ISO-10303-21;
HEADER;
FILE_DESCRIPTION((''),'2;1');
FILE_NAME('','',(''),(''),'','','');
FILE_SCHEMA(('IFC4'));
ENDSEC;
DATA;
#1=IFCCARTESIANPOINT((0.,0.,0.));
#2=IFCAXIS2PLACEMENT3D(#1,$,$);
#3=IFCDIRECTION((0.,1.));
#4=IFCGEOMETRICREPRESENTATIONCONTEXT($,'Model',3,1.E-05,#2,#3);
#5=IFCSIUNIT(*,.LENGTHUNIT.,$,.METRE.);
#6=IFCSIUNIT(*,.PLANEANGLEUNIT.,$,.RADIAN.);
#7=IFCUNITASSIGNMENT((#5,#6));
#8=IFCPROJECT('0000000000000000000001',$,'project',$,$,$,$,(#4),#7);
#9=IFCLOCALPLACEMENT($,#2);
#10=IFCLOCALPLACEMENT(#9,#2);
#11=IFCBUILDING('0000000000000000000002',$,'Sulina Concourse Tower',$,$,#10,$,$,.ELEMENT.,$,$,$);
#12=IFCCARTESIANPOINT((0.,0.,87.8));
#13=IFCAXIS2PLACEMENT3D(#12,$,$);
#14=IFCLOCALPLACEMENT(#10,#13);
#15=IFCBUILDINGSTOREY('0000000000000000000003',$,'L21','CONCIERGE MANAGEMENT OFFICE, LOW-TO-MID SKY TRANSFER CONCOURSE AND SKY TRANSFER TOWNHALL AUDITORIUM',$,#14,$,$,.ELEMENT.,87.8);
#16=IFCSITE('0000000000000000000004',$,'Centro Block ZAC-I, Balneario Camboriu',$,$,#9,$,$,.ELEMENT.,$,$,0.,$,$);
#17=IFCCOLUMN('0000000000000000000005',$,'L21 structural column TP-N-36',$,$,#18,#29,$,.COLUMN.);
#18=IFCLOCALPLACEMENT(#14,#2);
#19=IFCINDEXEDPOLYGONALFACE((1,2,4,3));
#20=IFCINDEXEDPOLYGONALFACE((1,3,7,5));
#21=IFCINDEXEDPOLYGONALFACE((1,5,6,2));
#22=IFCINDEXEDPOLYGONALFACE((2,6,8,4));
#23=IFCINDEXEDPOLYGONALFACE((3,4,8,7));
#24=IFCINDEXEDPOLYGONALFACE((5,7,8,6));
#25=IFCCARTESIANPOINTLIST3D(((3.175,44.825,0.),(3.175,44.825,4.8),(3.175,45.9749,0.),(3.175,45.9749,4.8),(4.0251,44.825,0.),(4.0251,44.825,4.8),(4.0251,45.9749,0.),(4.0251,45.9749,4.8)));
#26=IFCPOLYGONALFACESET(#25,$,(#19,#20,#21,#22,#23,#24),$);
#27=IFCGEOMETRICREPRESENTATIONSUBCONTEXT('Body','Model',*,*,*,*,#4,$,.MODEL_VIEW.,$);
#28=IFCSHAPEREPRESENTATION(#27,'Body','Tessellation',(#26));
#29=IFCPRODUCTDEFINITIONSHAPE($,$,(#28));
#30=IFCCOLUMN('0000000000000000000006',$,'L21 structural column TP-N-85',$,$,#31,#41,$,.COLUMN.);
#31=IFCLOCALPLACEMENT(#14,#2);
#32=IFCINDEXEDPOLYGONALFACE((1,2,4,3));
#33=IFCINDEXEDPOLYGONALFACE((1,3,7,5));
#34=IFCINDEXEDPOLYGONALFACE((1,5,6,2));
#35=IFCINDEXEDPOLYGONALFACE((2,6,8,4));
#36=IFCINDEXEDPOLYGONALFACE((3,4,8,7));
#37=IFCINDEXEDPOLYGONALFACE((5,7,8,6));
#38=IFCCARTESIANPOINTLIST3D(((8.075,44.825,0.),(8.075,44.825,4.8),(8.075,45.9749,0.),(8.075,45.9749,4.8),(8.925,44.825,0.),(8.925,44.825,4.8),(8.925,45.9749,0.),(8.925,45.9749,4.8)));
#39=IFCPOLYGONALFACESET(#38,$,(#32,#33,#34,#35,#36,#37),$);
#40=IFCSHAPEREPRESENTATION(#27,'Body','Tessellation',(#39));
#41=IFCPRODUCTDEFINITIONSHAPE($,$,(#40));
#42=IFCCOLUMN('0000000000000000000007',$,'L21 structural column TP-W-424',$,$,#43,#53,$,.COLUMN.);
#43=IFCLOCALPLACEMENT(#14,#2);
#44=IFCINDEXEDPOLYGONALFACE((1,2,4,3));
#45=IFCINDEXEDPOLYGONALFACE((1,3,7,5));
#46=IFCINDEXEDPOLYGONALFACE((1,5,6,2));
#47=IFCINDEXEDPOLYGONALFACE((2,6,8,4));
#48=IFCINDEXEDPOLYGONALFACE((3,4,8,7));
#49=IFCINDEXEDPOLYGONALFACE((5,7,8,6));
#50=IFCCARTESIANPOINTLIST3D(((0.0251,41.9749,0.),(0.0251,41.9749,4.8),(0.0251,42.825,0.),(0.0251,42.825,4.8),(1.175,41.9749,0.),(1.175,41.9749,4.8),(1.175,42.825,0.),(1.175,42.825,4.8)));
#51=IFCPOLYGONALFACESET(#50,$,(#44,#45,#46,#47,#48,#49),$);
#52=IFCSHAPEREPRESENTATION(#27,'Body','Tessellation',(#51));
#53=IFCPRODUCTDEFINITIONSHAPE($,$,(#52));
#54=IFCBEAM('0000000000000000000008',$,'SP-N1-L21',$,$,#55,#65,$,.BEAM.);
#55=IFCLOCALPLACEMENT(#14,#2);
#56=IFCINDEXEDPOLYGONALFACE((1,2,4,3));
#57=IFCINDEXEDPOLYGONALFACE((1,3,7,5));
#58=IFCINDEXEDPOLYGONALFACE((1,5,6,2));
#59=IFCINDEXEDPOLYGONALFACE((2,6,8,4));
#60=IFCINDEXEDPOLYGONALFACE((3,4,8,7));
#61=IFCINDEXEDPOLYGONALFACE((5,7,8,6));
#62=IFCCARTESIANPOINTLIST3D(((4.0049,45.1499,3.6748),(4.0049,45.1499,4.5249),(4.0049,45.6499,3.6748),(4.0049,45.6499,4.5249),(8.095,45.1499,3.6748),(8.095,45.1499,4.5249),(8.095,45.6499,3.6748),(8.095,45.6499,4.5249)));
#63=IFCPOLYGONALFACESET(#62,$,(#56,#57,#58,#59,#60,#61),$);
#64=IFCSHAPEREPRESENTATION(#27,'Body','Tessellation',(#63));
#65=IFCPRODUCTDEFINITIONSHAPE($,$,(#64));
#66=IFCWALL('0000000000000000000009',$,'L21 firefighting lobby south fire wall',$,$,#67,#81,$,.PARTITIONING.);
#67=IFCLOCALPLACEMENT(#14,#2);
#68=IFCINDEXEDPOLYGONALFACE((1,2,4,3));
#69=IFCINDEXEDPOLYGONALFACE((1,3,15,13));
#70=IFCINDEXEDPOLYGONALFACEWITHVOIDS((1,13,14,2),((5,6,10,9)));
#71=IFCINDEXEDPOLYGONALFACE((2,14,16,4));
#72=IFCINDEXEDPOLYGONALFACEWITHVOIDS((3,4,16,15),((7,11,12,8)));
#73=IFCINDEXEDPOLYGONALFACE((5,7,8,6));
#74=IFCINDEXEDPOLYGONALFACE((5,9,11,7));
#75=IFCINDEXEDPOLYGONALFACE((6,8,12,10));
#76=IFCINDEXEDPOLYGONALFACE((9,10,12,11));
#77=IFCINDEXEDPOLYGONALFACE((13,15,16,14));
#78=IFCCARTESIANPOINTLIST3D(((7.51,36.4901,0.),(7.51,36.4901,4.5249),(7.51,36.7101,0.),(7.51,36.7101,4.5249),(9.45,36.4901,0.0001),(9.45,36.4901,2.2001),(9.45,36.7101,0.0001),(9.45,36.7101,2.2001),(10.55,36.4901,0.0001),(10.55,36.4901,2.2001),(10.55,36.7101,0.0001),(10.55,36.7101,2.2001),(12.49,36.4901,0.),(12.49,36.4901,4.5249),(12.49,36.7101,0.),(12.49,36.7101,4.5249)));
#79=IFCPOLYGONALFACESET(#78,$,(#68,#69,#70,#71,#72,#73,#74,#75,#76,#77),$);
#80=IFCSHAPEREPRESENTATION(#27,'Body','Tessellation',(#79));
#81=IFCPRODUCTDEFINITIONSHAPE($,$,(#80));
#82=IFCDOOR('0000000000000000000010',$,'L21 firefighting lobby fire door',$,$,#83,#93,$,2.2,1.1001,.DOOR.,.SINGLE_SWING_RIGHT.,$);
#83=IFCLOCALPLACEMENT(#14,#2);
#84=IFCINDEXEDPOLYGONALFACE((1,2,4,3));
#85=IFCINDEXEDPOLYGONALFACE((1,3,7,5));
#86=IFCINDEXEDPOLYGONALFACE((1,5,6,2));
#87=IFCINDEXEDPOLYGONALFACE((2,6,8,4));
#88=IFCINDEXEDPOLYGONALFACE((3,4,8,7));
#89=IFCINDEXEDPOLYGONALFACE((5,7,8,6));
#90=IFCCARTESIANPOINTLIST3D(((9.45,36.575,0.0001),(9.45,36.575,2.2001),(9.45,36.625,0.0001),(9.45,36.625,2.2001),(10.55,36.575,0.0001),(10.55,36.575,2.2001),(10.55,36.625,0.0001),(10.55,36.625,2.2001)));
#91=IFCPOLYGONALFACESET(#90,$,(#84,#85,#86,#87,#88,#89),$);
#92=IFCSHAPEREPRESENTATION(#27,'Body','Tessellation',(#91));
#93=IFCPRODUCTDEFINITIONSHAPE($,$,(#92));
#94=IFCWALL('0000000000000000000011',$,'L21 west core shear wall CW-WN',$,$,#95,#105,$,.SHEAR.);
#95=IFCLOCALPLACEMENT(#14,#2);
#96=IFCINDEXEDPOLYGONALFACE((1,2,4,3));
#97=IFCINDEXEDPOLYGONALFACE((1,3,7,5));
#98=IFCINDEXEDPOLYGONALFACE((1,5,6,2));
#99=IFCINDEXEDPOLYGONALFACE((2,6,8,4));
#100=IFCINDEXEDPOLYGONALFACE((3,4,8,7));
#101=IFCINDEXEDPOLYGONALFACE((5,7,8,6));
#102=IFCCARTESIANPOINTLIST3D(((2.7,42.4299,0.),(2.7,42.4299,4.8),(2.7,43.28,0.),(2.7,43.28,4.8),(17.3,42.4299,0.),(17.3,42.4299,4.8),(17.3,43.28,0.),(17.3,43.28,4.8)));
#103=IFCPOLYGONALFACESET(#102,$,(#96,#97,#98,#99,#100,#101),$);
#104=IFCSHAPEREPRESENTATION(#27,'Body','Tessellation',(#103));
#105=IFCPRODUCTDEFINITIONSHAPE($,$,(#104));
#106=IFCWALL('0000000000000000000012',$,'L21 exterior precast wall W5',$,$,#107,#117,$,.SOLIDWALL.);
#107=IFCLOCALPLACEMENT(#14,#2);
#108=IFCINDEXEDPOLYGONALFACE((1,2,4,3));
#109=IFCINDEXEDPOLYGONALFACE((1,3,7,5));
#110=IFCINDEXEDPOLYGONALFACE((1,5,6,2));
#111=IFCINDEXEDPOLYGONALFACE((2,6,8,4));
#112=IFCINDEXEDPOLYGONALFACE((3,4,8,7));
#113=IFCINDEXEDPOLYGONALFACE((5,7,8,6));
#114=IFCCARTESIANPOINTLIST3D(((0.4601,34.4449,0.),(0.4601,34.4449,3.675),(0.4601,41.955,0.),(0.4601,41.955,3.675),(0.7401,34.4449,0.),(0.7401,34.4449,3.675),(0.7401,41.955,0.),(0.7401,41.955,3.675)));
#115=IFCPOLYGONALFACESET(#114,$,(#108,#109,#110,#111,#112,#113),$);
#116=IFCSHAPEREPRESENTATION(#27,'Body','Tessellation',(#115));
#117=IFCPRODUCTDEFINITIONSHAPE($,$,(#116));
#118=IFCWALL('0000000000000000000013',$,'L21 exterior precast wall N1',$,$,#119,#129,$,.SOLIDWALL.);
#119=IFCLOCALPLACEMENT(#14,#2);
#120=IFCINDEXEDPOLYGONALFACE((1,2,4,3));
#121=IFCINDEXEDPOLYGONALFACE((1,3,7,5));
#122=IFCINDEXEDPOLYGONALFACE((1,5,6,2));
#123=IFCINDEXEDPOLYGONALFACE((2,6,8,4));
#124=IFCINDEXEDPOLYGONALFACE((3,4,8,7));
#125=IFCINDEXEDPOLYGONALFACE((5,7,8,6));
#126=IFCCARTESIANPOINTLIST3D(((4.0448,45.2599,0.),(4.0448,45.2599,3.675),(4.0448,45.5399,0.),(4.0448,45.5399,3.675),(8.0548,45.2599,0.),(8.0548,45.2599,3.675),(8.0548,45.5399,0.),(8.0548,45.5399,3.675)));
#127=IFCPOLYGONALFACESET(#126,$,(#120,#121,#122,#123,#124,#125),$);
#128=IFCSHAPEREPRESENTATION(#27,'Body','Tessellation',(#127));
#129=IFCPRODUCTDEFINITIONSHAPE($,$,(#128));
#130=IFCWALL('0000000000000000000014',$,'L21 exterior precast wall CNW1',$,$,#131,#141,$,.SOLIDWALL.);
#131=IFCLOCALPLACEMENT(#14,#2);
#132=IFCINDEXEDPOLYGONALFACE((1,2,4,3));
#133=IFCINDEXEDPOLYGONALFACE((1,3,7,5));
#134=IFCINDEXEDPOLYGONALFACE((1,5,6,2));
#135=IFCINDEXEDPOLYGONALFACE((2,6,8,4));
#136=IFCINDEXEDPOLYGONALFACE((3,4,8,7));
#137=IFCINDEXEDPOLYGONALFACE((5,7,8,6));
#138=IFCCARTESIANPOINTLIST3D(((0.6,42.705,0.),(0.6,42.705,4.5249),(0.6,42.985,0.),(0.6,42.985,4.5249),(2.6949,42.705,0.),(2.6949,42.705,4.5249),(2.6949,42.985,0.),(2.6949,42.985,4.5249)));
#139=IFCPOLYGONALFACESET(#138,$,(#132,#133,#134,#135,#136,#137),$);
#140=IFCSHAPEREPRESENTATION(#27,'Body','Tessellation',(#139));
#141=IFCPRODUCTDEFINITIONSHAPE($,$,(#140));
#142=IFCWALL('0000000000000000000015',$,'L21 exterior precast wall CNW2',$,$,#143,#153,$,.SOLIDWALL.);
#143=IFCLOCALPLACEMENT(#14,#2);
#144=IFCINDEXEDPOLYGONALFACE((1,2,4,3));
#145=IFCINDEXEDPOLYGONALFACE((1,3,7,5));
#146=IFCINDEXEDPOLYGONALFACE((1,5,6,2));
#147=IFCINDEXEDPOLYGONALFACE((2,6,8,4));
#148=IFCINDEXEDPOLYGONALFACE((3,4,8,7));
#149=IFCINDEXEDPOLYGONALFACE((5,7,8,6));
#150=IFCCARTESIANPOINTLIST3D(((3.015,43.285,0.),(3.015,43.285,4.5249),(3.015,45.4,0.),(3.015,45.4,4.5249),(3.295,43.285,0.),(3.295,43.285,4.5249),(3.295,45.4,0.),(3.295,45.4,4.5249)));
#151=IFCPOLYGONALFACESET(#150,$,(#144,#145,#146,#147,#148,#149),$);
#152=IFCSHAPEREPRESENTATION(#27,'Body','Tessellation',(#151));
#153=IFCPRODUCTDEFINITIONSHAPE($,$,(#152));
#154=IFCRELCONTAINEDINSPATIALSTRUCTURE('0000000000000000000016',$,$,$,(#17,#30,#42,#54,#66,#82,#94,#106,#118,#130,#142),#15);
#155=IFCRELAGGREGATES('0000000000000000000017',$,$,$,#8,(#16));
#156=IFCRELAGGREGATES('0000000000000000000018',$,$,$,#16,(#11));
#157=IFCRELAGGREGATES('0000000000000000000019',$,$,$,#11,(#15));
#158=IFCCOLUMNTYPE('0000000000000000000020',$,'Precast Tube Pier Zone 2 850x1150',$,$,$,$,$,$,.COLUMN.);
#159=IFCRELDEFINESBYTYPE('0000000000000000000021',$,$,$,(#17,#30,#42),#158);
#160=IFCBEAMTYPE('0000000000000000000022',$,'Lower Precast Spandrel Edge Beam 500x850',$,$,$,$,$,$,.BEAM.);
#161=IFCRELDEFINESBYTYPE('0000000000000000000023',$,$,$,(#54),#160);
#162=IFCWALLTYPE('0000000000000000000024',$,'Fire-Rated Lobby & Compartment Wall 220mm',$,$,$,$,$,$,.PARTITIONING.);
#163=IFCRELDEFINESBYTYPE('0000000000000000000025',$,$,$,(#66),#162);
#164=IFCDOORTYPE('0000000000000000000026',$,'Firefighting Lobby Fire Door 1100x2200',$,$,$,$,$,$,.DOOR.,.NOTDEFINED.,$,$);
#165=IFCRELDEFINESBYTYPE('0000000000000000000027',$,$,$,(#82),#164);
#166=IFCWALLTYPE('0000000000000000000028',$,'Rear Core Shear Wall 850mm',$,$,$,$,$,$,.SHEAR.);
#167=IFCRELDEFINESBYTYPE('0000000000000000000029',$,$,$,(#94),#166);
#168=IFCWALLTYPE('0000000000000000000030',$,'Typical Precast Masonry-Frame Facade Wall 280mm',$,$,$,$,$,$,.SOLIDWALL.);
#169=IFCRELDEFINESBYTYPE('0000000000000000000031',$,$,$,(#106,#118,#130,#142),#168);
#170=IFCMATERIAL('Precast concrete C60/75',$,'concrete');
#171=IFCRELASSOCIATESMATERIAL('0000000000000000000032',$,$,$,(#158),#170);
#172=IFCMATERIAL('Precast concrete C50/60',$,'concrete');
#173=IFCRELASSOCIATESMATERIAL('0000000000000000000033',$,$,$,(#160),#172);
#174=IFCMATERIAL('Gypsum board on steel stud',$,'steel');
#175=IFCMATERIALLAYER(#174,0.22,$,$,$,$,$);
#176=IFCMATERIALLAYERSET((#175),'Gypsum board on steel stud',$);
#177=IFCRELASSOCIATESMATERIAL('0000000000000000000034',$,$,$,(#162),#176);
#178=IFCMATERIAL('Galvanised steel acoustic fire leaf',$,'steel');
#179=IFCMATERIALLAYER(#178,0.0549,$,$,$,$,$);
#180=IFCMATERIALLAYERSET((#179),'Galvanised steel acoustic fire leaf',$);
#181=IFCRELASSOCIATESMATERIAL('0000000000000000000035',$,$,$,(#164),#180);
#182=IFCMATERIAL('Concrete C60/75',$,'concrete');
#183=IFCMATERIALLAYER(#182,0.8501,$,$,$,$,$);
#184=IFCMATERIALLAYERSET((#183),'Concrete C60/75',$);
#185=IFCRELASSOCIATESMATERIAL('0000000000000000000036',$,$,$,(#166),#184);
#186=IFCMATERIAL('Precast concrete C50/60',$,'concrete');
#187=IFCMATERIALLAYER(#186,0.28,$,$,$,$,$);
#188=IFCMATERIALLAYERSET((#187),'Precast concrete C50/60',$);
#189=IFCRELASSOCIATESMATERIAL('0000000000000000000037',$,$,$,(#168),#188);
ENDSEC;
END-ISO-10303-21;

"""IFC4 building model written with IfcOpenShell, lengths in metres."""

from ifc_helpers import new_model, si_unit, direction, frame, frame_2d, origin, origin_2d, place, context, subcontext, project, spatial, rectangle, extrude, material, layer, layer_set, material_profile, profile_set, type_object, element, fill, save


model = new_model("IFC4")

# Units and contexts
model_context = context("Model", 3, precision=1e-05, world=origin(), true_north=direction((0.0, 1.0)))
body_context = subcontext(model_context, "Body", "Model", "MODEL_VIEW")
ifc_project = project(units=[si_unit("LENGTHUNIT", "METRE"), si_unit("PLANEANGLEUNIT", "RADIAN")], contexts=[model_context])

# Site, building, storey
site_placement = place(None, origin())
site = spatial("IfcSite", under=ifc_project, at=site_placement, Name="Centro Block ZAC-I, Balneario Camboriu", CompositionType="ELEMENT", RefElevation=0.0)
building_placement = place(site_placement, origin())
building = spatial("IfcBuilding", under=site, at=building_placement, Name="Sulina Concourse Tower", CompositionType="ELEMENT")
storey_placement = place(building_placement, frame((0.0, 0.0, 87.8)))
storey = spatial("IfcBuildingStorey", under=building, at=storey_placement, Name="L21", Description="CONCIERGE MANAGEMENT OFFICE, LOW-TO-MID SKY TRANSFER CONCOURSE AND SKY TRANSFER TOWNHALL AUDITORIUM", CompositionType="ELEMENT", Elevation=87.8)

# Columns
ifc_material_1 = material(Name="Precast concrete C60/75", Category="concrete")
ifc_material_profile_1 = material_profile(ifc_material_1, rectangle(XDim=0.8501, YDim=1.1499, at=origin_2d()), Name="PC 850x1150")
ifc_profile_set_1 = profile_set([ifc_material_profile_1], Name="Precast concrete C60/75")
column_type = type_object("IfcColumnType", Name="Precast Tube Pier Zone 2 850x1150", PredefinedType="COLUMN", material=ifc_profile_set_1)
for number, where, z_axis, x_axis, name in (
    (1, (3.6001, 45.3999, 0.0), (0.0, 0.0, 1.0), (1.0, 0.0, 0.0), "L21 structural column TP-N-36"),
    (2, (8.5, 45.3999, 0.0), (0.0, 0.0, 1.0), (1.0, 0.0, 0.0), "L21 structural column TP-N-85"),
    (3, (0.6001, 42.3999, 0.0), (0.0, 0.0, 1.0), (0.0, 1.0, 0.0), "L21 structural column TP-W-424"),
):
    element("IfcColumn", number, at=place(storey_placement, frame(where, z_axis=z_axis, x_axis=x_axis)), inside=storey, type_object=column_type, Name=name, PredefinedType="COLUMN", context=body_context, shape_type="SweptSolid", body=[
        extrude(rectangle(XDim=0.8501, YDim=1.1499, at=origin_2d()), origin(), (0.0, 0.0, 1.0), 4.8),
    ])

# Beam
ifc_material_2 = material(Name="Precast concrete C50/60", Category="concrete")
ifc_material_profile_2 = material_profile(ifc_material_2, rectangle(XDim=0.5, YDim=0.8501, at=origin_2d()), Name="RC 500x850")
ifc_profile_set_2 = profile_set([ifc_material_profile_2], Name="Precast concrete C50/60")
beam_type = type_object("IfcBeamType", Name="Lower Precast Spandrel Edge Beam 500x850", PredefinedType="BEAM", material=ifc_profile_set_2)
beam_placement = place(storey_placement, frame((4.0049, 45.3999, 4.0999), z_axis=(1.0, 0.0, 0.0), x_axis=(0.0, 1.0, 0.0)))
element("IfcBeam", 4, at=beam_placement, inside=storey, type_object=beam_type, Name="SP-N1-L21", PredefinedType="BEAM", context=body_context, shape_type="SweptSolid", body=[
    extrude(rectangle(XDim=0.5, YDim=0.8501, at=origin_2d()), origin(), (0.0, 0.0, 1.0), 4.0901),
])

# Wall, opening, door
ifc_material_3 = material(Name="Gypsum board on steel stud", Category="steel")
ifc_layer_1 = layer(ifc_material_3, 0.22)
ifc_layer_set_1 = layer_set([ifc_layer_1], Name="Gypsum board on steel stud")
wall_type_1 = type_object("IfcWallType", Name="Fire-Rated Lobby & Compartment Wall 220mm", PredefinedType="PARTITIONING", material=ifc_layer_set_1)
wall_1_placement = place(storey_placement, frame((7.51, 36.6001, 0.0), z_axis=(0.0, 0.0, 1.0), x_axis=(1.0, 0.0, 0.0)))
wall_1 = element("IfcWall", 5, at=wall_1_placement, inside=storey, type_object=wall_type_1, Name="L21 firefighting lobby south fire wall", PredefinedType="PARTITIONING", context=body_context, shape_type="SweptSolid", body=[
    extrude(rectangle(XDim=4.98, YDim=0.22, at=frame_2d((2.49, 0.0))), origin(), (0.0, 0.0, 1.0), 4.5249),
])
opening_placement = place(wall_1_placement, frame((1.9399, 0.0, 0.0)))
opening = element("IfcOpeningElement", 6, at=opening_placement, cuts=wall_1, PredefinedType="OPENING", context=body_context, shape_type="SweptSolid", body=[
    extrude(rectangle(XDim=1.1001, YDim=2.2, at=frame_2d((0.55, 1.1001))), frame((0.0, 0.1199, 0.0), z_axis=(0.0, -1.0, 0.0), x_axis=(1.0, 0.0, 0.0)), (0.0, 0.0, 1.0), 0.24),
])
ifc_material_4 = material(Name="Galvanised steel acoustic fire leaf", Category="steel")
ifc_layer_2 = layer(ifc_material_4, 0.0549)
ifc_layer_set_2 = layer_set([ifc_layer_2], Name="Galvanised steel acoustic fire leaf")
door_type = type_object("IfcDoorType", Name="Firefighting Lobby Fire Door 1100x2200", OperationType="NOTDEFINED", PredefinedType="DOOR", material=ifc_layer_set_2)
door_placement = place(opening_placement, origin())
door = element("IfcDoor", 7, at=door_placement, inside=storey, type_object=door_type, Name="L21 firefighting lobby fire door", OperationType="SINGLE_SWING_RIGHT", OverallHeight=2.2, OverallWidth=1.1001, PredefinedType="DOOR", context=body_context, shape_type="SweptSolid", body=[
    extrude(rectangle(XDim=1.1001, YDim=2.2, at=frame_2d((0.55, 1.1001))), frame((0.0, 0.0249, 0.0), z_axis=(0.0, -1.0, 0.0), x_axis=(1.0, 0.0, 0.0)), (0.0, 0.0, 1.0), 0.05),
])
fill(opening, door)

# Walls
ifc_material_5 = material(Name="Concrete C60/75", Category="concrete")
ifc_layer_3 = layer(ifc_material_5, 0.8501)
ifc_layer_set_3 = layer_set([ifc_layer_3], Name="Concrete C60/75")
wall_type_2 = type_object("IfcWallType", Name="Rear Core Shear Wall 850mm", PredefinedType="SHEAR", material=ifc_layer_set_3)
wall_2_placement = place(storey_placement, frame((2.7, 42.855, 0.0), z_axis=(0.0, 0.0, 1.0), x_axis=(1.0, 0.0, 0.0)))
element("IfcWall", 8, at=wall_2_placement, inside=storey, type_object=wall_type_2, Name="L21 west core shear wall CW-WN", PredefinedType="SHEAR", context=body_context, shape_type="SweptSolid", body=[
    extrude(rectangle(XDim=14.6001, YDim=0.8501, at=frame_2d((7.3, 0.0))), origin(), (0.0, 0.0, 1.0), 4.8),
])
ifc_material_6 = material(Name="Precast concrete C50/60", Category="concrete")
ifc_layer_4 = layer(ifc_material_6, 0.28)
ifc_layer_set_4 = layer_set([ifc_layer_4], Name="Precast concrete C50/60")
wall_type_3 = type_object("IfcWallType", Name="Typical Precast Masonry-Frame Facade Wall 280mm", PredefinedType="SOLIDWALL", material=ifc_layer_set_4)
wall_3_placement = place(storey_placement, frame((0.6001, 34.4451, 0.0), z_axis=(0.0, 0.0, 1.0), x_axis=(0.0, 1.0, 0.0)))
element("IfcWall", 9, at=wall_3_placement, inside=storey, type_object=wall_type_3, Name="L21 exterior precast wall W5", PredefinedType="SOLIDWALL", context=body_context, shape_type="SweptSolid", body=[
    extrude(rectangle(XDim=7.51, YDim=0.28, at=frame_2d((3.7549, 0.0))), origin(), (0.0, 0.0, 1.0), 3.675),
])
wall_4_placement = place(storey_placement, frame((4.0449, 45.3999, 0.0), z_axis=(0.0, 0.0, 1.0), x_axis=(1.0, 0.0, 0.0)))
element("IfcWall", 10, at=wall_4_placement, inside=storey, type_object=wall_type_3, Name="L21 exterior precast wall N1", PredefinedType="SOLIDWALL", context=body_context, shape_type="SweptSolid", body=[
    extrude(rectangle(XDim=4.01, YDim=0.28, at=frame_2d((2.0049, 0.0))), origin(), (0.0, 0.0, 1.0), 3.675),
])
wall_5_placement = place(storey_placement, frame((0.6001, 42.845, 0.0), z_axis=(0.0, 0.0, 1.0), x_axis=(1.0, 0.0, 0.0)))
element("IfcWall", 11, at=wall_5_placement, inside=storey, type_object=wall_type_3, Name="L21 exterior precast wall CNW1", PredefinedType="SOLIDWALL", context=body_context, shape_type="SweptSolid", body=[
    extrude(rectangle(XDim=2.095, YDim=0.28, at=frame_2d((1.0474, 0.0))), origin(), (0.0, 0.0, 1.0), 4.5249),
])
wall_6_placement = place(storey_placement, frame((3.155, 43.2849, 0.0), z_axis=(0.0, 0.0, 1.0), x_axis=(0.0, 1.0, 0.0)))
element("IfcWall", 12, at=wall_6_placement, inside=storey, type_object=wall_type_3, Name="L21 exterior precast wall CNW2", PredefinedType="SOLIDWALL", context=body_context, shape_type="SweptSolid", body=[
    extrude(rectangle(XDim=2.115, YDim=0.28, at=frame_2d((1.0576, 0.0))), origin(), (0.0, 0.0, 1.0), 4.5249),
])

save(model, "model.ifc")
